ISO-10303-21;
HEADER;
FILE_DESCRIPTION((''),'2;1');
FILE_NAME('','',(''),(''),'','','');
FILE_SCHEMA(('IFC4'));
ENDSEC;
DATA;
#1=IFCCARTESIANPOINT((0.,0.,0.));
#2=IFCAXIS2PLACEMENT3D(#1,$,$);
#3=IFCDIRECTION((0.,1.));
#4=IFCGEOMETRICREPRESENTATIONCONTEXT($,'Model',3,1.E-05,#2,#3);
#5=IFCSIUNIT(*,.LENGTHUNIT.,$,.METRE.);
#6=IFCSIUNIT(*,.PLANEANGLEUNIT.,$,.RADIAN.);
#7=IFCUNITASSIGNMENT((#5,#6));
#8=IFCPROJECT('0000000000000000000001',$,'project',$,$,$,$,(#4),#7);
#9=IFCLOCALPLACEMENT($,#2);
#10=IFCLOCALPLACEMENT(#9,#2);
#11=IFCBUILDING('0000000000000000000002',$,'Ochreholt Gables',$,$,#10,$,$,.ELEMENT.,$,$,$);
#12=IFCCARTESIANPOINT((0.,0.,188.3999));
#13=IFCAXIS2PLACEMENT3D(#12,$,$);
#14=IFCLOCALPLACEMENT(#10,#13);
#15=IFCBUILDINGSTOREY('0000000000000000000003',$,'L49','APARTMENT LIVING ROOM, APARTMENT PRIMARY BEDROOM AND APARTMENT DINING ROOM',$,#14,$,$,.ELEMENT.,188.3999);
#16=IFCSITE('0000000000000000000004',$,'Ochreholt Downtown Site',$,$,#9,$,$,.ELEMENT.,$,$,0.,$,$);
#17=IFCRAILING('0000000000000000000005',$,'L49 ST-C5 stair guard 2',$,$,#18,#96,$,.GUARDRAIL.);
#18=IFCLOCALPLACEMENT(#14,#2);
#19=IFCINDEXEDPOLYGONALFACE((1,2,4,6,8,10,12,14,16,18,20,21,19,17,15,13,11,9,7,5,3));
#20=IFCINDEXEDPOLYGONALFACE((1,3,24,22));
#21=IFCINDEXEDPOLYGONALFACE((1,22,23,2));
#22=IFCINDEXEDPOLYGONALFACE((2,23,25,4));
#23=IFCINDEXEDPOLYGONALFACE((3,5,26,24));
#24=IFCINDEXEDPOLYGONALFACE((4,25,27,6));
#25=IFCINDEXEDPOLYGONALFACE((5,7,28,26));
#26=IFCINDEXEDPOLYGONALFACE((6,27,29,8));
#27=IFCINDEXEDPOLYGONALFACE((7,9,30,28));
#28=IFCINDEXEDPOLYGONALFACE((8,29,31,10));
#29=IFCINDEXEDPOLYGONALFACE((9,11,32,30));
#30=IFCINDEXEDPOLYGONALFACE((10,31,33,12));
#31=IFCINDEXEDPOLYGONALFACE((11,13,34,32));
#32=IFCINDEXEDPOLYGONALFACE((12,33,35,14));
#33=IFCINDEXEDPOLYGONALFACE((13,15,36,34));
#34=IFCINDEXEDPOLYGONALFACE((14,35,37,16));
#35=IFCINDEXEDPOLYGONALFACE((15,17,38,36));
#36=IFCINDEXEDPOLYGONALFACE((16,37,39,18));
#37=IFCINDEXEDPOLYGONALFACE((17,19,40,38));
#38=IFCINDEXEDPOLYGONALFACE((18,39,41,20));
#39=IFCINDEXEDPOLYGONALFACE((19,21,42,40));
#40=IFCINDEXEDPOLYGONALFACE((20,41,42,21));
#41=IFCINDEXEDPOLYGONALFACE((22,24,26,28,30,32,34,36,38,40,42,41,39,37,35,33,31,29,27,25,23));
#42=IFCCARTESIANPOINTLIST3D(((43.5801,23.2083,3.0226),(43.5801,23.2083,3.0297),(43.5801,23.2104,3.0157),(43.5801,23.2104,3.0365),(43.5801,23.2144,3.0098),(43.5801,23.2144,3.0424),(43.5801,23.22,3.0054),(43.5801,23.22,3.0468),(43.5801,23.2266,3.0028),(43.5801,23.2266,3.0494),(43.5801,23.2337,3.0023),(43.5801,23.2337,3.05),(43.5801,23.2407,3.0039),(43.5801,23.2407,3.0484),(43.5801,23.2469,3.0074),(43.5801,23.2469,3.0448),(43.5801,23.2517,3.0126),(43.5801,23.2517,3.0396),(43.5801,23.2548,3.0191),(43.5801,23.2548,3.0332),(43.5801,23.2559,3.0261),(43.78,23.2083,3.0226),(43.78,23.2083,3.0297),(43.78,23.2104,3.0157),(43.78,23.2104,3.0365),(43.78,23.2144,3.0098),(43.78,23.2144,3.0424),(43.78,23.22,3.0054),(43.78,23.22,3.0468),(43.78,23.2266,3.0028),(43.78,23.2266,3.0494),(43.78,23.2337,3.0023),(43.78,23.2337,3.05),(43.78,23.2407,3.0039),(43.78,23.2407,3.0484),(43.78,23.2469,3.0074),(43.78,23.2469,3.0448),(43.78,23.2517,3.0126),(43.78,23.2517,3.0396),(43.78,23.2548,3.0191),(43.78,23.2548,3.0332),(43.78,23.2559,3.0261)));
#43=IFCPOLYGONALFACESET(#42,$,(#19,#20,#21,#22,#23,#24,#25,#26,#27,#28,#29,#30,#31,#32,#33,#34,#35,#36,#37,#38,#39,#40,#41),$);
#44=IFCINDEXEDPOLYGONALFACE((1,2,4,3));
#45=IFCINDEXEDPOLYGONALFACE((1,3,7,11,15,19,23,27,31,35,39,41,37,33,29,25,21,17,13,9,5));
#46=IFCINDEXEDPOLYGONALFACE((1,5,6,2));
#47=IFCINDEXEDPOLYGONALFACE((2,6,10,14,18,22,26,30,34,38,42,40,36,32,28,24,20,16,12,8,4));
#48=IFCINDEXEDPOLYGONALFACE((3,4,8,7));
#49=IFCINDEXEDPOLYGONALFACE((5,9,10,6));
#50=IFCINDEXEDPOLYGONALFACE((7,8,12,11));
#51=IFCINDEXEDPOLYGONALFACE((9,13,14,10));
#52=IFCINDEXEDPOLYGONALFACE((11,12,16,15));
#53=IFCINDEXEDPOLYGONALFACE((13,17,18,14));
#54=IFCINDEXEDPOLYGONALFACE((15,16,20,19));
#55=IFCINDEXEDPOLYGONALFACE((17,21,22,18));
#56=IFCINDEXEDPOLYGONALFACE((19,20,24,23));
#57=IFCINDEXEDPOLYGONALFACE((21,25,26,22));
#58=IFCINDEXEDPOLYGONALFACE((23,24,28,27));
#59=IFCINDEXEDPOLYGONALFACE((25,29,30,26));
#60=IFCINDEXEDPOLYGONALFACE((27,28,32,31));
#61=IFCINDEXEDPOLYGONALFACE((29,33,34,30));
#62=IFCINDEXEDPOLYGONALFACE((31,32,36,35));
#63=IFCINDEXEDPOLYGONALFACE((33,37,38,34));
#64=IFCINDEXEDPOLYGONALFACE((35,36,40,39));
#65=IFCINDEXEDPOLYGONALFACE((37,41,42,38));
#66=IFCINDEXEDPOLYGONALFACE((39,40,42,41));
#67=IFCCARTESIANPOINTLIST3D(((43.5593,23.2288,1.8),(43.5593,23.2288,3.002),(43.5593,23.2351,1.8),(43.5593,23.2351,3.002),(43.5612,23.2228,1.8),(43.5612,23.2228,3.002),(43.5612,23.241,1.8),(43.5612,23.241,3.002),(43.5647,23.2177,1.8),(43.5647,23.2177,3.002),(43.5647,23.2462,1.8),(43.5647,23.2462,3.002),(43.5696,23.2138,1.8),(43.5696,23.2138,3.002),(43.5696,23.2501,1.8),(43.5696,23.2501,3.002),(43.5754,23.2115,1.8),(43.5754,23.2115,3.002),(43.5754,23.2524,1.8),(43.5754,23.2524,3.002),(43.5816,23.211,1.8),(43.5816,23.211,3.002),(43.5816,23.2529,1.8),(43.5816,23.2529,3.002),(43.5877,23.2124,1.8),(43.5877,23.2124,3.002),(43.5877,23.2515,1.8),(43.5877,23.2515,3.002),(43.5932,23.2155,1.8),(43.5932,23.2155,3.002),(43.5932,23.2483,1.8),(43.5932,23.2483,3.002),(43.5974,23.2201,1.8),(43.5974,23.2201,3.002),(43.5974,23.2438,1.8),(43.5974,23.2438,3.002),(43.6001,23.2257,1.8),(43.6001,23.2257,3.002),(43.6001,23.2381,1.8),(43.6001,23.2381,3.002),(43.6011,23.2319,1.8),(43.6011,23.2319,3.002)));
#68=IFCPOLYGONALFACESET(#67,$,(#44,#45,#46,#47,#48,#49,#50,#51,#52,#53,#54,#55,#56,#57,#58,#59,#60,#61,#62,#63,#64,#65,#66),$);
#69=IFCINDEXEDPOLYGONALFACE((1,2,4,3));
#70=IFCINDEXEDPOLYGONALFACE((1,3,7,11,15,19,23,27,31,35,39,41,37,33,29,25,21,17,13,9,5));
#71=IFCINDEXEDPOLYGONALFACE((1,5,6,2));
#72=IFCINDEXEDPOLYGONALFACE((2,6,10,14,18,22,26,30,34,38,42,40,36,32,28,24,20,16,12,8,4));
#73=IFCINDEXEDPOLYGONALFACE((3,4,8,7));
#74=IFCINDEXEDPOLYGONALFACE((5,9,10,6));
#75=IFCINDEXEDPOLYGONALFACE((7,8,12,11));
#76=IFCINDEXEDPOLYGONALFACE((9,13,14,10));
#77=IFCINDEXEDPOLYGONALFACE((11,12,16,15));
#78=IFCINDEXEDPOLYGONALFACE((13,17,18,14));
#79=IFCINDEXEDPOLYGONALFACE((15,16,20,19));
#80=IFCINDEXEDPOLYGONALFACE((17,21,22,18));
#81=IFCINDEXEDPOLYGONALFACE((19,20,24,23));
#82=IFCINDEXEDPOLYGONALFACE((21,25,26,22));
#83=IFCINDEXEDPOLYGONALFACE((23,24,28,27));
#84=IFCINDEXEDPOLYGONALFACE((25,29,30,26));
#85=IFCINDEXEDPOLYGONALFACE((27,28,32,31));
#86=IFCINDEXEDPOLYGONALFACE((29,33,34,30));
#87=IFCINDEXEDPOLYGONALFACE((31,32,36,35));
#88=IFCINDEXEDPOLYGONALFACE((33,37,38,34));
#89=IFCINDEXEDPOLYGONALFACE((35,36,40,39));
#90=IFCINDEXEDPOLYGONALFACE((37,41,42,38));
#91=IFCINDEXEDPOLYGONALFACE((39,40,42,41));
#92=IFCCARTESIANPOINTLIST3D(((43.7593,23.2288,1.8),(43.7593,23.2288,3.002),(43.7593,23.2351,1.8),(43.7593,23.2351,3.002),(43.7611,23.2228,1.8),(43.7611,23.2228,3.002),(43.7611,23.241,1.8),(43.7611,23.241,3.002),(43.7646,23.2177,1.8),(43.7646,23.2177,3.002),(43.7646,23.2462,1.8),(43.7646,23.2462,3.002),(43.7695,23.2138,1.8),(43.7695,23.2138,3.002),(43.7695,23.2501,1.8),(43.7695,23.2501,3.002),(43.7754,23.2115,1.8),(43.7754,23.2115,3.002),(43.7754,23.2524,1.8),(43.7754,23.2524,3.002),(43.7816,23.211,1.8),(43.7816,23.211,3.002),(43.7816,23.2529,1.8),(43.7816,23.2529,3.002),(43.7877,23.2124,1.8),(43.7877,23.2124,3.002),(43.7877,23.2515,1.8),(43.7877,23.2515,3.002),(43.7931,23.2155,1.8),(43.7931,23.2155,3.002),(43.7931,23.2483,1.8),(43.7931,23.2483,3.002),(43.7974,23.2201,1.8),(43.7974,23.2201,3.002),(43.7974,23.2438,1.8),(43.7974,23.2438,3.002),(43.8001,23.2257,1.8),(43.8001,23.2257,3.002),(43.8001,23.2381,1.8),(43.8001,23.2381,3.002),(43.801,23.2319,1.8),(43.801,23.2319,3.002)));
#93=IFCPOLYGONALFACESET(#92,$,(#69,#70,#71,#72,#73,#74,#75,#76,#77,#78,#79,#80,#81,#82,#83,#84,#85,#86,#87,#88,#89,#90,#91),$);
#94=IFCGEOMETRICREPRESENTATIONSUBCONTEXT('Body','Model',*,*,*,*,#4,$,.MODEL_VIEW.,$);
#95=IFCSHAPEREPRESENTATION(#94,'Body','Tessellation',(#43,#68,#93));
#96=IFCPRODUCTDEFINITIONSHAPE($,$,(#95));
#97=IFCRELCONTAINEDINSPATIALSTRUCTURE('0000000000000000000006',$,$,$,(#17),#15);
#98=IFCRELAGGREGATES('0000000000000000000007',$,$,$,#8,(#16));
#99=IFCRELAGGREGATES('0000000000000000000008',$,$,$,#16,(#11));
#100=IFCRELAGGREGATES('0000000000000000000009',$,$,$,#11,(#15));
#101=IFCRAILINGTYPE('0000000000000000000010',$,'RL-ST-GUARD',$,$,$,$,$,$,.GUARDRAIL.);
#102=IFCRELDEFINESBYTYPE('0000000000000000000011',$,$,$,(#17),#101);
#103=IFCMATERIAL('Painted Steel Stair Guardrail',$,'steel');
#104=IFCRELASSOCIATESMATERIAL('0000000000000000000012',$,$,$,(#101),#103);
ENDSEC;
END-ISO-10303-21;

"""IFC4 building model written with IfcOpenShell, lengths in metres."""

from ifc_helpers import new_model, si_unit, direction, frame, origin, origin_2d, place, context, subcontext, project, spatial, circle, extrude, material, type_object, element, save


model = new_model("IFC4")

# Units and contexts
model_context = context("Model", 3, precision=1e-05, world=origin(), true_north=direction((0.0, 1.0)))
body_context = subcontext(model_context, "Body", "Model", "MODEL_VIEW")
ifc_project = project(units=[si_unit("LENGTHUNIT", "METRE"), si_unit("PLANEANGLEUNIT", "RADIAN")], contexts=[model_context])

# Site, building, storey
site_placement = place(None, origin())
site = spatial("IfcSite", under=ifc_project, at=site_placement, Name="Ochreholt Downtown Site", CompositionType="ELEMENT", RefElevation=0.0)
building_placement = place(site_placement, origin())
building = spatial("IfcBuilding", under=site, at=building_placement, Name="Ochreholt Gables", CompositionType="ELEMENT")
storey_placement = place(building_placement, frame((0.0, 0.0, 188.3999)))
storey = spatial("IfcBuildingStorey", under=building, at=storey_placement, Name="L49", Description="APARTMENT LIVING ROOM, APARTMENT PRIMARY BEDROOM AND APARTMENT DINING ROOM", CompositionType="ELEMENT", Elevation=188.3999)

# Railing
ifc_material_1 = material(Name="Painted Steel Stair Guardrail", Category="steel")
railing_type_1 = type_object("IfcRailingType", Name="RL-ST-GUARD", PredefinedType="GUARDRAIL", material=ifc_material_1)
railing_1_placement = place(storey_placement, frame((43.5801, 23.2319, 1.8)))
element("IfcRailing", 1, at=railing_1_placement, inside=storey, type_object=railing_type_1, Name="L49 ST-C5 stair guard 2", PredefinedType="GUARDRAIL", context=body_context, shape_type="SweptSolid", body=[
    extrude(circle(Radius=0.0239, at=origin_2d()), frame((0.0, 0.0, 1.2261), z_axis=(1.0, 0.0, 0.0), x_axis=(0.0, 1.0, 0.0)), (0.0, 0.0, 1.0), 0.2),
    extrude(circle(Radius=0.021, at=origin_2d()), origin(), (0.0, 0.0, 1.0), 1.2019),
    extrude(circle(Radius=0.021, at=origin_2d()), frame((0.2, 0.0, 0.0)), (0.0, 0.0, 1.0), 1.2019),
])

save(model, "model.ifc")
